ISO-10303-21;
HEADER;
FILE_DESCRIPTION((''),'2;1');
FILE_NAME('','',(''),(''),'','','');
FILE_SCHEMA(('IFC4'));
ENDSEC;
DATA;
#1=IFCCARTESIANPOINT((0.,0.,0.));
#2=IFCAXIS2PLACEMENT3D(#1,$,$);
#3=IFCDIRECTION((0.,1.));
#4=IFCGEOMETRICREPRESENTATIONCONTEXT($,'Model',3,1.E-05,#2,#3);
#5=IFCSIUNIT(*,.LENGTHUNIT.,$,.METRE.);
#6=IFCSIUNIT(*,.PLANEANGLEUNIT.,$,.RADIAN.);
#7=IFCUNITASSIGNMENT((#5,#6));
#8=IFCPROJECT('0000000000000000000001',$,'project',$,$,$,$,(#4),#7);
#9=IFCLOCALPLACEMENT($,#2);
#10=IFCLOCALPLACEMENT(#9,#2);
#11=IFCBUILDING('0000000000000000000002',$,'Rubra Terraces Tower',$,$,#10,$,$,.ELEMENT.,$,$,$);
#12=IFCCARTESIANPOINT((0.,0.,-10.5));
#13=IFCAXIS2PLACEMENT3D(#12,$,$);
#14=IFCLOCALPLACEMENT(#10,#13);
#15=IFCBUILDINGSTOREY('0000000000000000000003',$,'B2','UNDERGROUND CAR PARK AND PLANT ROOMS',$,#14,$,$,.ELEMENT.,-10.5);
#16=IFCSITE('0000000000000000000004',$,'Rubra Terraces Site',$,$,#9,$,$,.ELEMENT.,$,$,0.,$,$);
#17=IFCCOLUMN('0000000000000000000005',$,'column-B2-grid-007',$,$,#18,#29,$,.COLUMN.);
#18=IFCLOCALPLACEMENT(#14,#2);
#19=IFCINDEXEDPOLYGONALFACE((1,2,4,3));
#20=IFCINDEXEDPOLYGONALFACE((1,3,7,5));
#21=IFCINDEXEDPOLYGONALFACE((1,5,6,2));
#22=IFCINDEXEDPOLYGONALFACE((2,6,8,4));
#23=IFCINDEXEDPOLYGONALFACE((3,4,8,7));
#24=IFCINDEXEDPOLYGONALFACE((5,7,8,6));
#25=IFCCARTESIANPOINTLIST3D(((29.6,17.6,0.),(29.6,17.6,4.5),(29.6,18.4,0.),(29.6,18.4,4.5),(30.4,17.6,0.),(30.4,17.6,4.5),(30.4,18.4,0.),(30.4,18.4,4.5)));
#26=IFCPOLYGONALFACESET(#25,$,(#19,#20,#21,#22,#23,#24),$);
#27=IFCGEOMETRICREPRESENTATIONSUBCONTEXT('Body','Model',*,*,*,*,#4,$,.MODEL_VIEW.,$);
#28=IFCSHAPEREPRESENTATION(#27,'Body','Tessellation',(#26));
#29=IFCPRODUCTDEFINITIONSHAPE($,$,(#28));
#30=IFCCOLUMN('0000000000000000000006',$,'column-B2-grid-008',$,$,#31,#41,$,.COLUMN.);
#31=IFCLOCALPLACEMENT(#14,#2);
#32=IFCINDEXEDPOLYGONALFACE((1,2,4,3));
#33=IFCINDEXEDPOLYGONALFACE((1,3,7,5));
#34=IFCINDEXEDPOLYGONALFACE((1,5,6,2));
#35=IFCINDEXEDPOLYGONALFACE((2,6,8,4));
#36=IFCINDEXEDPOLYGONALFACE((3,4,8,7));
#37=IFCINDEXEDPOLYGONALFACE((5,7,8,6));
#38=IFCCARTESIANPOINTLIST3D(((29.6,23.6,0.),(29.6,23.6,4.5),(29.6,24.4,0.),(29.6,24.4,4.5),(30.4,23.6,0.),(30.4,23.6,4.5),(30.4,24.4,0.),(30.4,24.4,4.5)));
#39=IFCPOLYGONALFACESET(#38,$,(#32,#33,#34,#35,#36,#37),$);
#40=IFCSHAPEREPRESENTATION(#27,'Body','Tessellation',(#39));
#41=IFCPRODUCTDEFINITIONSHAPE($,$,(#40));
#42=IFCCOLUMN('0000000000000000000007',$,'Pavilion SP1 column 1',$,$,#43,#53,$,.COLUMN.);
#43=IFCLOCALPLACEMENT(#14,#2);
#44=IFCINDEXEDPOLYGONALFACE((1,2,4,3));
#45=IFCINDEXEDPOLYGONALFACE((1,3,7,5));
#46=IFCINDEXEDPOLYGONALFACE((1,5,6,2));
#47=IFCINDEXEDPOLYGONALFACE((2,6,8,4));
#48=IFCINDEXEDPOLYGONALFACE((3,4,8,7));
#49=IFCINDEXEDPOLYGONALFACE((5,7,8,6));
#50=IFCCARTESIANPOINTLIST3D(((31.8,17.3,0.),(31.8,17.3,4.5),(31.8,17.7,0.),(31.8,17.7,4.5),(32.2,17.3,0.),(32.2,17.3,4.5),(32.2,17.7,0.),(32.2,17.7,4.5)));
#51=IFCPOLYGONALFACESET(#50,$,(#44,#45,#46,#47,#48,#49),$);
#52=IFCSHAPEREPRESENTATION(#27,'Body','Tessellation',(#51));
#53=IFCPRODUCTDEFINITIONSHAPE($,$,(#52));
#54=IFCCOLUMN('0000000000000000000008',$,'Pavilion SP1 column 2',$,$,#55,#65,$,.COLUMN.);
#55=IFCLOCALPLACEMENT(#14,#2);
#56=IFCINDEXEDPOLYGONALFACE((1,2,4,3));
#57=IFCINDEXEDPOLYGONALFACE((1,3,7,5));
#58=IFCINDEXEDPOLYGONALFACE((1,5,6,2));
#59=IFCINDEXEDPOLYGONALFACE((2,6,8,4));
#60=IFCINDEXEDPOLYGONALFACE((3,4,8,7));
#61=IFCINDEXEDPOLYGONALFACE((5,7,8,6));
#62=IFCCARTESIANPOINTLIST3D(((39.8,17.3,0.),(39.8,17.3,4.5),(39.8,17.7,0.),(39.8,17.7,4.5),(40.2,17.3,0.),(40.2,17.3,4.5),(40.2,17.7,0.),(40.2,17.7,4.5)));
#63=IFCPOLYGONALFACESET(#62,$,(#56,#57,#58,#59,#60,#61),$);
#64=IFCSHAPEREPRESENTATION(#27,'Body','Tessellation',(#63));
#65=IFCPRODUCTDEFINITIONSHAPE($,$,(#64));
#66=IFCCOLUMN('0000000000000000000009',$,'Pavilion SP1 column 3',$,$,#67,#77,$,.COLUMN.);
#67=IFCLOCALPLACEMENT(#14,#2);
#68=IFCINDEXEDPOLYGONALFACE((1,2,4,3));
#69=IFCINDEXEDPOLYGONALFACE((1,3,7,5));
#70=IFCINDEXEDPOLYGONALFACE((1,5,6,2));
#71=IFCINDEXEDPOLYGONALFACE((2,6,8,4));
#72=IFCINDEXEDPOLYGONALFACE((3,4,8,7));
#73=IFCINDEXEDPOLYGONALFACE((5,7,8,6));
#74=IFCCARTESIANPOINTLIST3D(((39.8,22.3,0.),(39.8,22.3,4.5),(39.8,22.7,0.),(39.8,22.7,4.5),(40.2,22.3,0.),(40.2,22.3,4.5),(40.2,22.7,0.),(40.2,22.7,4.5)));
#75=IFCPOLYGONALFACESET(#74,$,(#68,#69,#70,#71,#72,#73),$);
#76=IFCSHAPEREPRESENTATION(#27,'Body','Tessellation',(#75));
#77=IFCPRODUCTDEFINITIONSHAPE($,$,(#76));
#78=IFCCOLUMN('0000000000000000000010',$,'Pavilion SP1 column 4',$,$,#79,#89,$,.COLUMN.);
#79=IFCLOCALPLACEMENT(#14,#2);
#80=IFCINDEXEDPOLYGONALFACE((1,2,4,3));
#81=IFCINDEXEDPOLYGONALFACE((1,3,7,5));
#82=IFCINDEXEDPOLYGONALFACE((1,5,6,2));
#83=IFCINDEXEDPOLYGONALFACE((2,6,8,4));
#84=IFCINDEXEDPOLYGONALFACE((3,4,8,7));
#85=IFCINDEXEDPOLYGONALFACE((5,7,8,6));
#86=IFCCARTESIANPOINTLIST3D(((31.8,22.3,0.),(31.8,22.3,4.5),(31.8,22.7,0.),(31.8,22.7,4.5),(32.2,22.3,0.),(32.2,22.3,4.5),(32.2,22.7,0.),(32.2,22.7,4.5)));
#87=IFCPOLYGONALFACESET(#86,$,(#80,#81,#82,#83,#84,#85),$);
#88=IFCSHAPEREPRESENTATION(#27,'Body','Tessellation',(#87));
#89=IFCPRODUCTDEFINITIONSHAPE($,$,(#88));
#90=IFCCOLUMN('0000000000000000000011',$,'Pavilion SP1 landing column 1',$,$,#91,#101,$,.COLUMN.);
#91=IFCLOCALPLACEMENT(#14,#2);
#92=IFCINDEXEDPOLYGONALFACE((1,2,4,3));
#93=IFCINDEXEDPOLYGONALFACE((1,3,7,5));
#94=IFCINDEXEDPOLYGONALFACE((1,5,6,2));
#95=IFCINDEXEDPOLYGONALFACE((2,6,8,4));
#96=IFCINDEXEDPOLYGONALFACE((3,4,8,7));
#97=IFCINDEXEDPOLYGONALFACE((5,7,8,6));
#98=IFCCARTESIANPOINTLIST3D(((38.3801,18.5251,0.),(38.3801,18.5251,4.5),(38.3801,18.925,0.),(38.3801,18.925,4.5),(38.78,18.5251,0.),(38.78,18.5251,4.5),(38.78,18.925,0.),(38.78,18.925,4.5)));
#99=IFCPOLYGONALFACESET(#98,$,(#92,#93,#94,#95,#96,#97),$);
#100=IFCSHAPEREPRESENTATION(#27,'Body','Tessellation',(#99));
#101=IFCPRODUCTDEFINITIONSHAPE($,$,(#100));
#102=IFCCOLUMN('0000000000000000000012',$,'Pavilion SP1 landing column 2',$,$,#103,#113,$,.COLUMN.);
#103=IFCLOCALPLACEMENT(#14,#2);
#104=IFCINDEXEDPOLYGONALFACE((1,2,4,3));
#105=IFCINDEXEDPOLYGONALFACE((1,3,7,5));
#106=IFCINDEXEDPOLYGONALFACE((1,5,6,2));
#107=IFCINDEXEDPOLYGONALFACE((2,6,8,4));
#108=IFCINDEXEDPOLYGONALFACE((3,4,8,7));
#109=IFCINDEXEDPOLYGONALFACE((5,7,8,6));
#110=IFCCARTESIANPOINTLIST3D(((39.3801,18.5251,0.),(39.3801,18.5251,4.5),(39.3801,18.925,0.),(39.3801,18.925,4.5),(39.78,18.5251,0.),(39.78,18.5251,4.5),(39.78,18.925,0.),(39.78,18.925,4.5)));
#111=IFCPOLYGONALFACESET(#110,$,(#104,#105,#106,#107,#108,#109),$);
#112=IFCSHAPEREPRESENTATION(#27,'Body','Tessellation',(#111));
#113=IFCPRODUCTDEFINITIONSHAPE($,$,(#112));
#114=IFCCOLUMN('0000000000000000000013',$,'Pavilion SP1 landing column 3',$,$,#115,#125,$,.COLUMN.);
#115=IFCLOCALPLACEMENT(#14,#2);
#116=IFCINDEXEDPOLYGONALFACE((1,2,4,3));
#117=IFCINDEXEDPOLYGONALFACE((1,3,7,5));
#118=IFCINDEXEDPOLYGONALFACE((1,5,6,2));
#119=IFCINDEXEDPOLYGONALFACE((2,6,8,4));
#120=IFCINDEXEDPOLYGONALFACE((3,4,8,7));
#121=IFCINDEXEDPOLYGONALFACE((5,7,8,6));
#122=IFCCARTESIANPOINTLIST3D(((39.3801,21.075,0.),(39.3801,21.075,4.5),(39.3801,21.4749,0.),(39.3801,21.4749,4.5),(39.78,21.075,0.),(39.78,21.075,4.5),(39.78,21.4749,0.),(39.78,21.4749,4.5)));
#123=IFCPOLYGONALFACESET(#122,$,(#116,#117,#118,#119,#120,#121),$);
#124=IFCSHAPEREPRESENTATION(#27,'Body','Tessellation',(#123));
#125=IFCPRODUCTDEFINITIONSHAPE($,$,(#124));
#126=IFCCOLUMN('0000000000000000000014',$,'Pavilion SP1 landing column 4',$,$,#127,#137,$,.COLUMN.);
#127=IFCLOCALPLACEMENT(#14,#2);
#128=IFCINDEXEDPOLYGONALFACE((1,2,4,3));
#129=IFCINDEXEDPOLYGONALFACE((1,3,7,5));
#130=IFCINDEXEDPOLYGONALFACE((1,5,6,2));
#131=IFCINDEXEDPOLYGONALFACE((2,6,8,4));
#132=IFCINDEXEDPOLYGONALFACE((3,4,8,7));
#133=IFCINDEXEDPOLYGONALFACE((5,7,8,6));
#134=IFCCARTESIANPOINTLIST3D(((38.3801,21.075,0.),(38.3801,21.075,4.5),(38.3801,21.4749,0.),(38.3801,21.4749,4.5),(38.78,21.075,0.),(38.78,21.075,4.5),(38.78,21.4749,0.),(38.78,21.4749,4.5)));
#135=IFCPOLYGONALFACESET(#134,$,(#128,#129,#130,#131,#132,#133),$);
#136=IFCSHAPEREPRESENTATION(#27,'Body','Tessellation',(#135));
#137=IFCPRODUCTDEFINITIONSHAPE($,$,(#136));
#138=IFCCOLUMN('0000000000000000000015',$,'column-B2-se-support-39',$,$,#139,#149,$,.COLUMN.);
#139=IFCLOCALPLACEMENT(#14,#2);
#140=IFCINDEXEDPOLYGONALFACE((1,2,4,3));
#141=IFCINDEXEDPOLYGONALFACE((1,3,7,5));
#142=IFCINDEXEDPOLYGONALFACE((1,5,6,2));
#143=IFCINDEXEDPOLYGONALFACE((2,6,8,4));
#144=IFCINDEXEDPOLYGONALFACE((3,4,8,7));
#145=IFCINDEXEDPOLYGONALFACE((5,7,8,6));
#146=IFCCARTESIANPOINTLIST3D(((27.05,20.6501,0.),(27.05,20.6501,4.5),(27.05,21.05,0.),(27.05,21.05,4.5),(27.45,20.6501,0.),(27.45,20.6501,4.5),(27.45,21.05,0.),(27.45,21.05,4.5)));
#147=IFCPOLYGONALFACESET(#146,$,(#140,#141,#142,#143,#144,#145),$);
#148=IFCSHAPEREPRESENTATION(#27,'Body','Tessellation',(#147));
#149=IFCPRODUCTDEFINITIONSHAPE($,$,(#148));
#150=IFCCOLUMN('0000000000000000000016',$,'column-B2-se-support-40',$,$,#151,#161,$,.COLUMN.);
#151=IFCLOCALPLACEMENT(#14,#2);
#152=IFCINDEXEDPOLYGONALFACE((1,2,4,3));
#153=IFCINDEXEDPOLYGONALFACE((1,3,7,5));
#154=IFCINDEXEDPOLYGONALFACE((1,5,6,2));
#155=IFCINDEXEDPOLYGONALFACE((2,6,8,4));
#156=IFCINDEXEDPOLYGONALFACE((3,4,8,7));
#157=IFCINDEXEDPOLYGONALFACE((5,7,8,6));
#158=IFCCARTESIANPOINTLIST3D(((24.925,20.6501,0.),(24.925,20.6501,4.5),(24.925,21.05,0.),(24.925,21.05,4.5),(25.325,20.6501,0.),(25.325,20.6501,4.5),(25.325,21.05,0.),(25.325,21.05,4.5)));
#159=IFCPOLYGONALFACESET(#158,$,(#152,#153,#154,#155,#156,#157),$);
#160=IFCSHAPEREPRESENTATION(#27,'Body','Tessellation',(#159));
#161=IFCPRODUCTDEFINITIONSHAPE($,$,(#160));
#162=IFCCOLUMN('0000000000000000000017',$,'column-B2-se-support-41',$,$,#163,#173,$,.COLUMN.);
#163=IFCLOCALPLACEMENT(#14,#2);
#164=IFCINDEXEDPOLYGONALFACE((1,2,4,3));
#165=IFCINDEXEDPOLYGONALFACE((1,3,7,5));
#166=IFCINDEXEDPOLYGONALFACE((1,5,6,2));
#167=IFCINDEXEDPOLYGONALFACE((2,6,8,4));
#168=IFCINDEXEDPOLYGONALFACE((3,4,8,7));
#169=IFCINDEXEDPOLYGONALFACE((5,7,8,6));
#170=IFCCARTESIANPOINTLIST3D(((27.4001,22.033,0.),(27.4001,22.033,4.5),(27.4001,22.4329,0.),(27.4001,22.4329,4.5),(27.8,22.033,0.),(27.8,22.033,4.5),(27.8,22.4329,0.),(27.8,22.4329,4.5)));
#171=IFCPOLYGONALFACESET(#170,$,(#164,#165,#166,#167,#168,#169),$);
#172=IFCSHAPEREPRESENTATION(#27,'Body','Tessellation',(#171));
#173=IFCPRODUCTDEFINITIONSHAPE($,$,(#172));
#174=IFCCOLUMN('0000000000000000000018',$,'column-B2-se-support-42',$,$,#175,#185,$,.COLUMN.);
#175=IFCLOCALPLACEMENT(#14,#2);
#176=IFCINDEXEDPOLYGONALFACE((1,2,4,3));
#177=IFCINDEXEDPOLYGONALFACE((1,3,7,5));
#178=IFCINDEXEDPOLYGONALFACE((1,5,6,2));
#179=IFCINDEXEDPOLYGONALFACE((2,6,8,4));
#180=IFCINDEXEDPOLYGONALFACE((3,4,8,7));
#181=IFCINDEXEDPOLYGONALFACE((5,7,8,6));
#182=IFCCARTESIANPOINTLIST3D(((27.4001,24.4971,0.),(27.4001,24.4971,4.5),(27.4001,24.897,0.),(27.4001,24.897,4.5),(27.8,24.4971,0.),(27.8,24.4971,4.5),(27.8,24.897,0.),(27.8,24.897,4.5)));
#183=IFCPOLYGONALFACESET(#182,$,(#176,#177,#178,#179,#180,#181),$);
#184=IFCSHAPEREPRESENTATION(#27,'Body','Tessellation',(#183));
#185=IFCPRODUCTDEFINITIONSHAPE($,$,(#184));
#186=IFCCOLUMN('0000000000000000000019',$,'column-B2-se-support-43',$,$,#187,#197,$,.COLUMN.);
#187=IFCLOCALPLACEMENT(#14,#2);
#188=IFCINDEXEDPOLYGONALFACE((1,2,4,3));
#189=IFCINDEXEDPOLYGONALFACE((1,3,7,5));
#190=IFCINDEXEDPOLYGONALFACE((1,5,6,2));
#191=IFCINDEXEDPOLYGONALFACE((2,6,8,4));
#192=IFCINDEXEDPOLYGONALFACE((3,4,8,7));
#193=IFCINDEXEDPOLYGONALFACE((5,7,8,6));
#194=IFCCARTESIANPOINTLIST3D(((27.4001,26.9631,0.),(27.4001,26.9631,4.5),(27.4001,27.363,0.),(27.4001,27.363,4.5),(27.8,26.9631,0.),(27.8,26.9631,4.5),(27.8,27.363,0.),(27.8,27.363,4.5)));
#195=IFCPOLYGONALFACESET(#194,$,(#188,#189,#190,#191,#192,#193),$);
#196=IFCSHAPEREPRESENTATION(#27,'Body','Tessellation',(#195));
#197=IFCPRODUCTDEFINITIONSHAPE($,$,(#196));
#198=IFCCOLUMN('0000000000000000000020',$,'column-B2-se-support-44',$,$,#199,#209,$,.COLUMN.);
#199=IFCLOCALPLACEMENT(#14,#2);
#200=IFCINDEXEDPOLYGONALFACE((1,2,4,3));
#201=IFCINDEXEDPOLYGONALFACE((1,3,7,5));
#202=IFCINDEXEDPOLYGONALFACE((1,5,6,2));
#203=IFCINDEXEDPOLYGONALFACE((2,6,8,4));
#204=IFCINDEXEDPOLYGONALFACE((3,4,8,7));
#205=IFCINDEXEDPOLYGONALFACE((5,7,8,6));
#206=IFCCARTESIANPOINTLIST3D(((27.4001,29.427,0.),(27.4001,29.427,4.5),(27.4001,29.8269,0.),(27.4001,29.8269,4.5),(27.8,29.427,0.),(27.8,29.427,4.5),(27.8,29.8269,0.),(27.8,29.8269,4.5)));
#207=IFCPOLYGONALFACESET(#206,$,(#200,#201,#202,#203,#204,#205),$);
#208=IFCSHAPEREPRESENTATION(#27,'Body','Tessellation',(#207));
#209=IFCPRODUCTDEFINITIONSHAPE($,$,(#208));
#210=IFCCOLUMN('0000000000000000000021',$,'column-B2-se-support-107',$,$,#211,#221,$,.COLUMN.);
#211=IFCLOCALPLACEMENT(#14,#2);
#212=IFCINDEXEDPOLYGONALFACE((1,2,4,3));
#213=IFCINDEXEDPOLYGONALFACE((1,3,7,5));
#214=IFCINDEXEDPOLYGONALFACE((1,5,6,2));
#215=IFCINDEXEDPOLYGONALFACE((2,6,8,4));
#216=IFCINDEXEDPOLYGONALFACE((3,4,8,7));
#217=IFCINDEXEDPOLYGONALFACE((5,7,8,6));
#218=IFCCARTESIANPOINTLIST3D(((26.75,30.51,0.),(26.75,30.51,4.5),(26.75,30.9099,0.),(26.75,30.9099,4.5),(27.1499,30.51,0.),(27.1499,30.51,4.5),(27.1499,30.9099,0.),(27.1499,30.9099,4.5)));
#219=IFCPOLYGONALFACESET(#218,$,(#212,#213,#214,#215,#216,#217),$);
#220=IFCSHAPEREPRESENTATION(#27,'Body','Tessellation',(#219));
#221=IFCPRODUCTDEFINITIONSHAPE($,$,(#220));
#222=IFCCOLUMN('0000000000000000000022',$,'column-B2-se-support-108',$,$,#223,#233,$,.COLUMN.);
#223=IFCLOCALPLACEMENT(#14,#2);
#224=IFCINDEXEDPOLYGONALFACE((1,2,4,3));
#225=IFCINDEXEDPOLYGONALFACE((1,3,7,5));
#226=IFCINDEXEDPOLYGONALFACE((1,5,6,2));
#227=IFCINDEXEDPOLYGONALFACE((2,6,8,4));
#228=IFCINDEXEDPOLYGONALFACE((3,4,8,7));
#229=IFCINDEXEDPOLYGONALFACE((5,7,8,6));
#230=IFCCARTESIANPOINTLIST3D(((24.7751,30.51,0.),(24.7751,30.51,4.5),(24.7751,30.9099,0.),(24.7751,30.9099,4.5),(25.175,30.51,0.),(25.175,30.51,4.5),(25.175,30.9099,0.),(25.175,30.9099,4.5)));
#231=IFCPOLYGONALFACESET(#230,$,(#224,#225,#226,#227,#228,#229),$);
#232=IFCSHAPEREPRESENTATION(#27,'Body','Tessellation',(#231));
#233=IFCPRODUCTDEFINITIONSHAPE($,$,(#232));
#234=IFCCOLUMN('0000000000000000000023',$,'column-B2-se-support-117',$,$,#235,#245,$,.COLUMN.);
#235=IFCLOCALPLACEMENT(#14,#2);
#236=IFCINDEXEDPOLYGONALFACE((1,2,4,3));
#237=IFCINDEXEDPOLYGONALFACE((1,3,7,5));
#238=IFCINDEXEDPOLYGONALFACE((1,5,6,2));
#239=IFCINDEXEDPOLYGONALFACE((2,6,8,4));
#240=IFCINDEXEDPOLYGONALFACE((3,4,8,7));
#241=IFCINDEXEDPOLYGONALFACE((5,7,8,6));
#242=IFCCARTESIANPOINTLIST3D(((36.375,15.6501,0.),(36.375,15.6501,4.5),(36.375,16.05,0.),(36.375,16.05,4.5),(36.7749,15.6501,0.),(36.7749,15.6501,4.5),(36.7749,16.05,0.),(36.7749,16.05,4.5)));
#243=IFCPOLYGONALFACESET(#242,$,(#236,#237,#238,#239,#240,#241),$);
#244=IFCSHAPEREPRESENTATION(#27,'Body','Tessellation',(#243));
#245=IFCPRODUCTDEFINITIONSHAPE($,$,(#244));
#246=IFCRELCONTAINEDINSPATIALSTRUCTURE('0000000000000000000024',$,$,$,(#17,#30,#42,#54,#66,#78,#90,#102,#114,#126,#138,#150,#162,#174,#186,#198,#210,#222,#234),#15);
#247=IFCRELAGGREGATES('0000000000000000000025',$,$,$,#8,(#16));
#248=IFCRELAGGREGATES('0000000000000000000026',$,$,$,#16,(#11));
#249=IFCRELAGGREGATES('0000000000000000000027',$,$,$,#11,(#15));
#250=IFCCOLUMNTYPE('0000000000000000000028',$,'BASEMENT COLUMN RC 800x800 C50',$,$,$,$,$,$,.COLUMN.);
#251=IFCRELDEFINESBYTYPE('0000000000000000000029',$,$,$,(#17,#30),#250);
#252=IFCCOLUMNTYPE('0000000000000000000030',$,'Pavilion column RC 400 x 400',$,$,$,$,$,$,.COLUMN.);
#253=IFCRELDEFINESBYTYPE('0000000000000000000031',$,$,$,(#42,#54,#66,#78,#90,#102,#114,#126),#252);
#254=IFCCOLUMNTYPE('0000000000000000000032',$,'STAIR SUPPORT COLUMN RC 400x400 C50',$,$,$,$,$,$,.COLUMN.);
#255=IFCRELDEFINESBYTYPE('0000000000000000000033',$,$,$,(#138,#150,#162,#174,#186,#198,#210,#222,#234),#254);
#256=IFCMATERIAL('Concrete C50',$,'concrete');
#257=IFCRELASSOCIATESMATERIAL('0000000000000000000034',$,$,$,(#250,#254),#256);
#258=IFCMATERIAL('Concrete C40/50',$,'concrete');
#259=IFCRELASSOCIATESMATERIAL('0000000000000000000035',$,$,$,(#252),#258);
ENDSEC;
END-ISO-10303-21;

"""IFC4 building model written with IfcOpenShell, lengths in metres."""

from ifc_helpers import new_model, si_unit, direction, frame, origin, origin_2d, place, context, subcontext, project, spatial, rectangle, extrude, material, material_profile, profile_set, type_object, element, save


model = new_model("IFC4")

# Units and contexts
model_context = context("Model", 3, precision=1e-05, world=origin(), true_north=direction((0.0, 1.0)))
body_context = subcontext(model_context, "Body", "Model", "MODEL_VIEW")
ifc_project = project(units=[si_unit("LENGTHUNIT", "METRE"), si_unit("PLANEANGLEUNIT", "RADIAN")], contexts=[model_context])

# Site, building, storey
site_placement = place(None, origin())
site = spatial("IfcSite", under=ifc_project, at=site_placement, Name="Rubra Terraces Site", CompositionType="ELEMENT", RefElevation=0.0)
building_placement = place(site_placement, origin())
building = spatial("IfcBuilding", under=site, at=building_placement, Name="Rubra Terraces Tower", CompositionType="ELEMENT")
storey_placement = place(building_placement, frame((0.0, 0.0, -10.5)))
storey = spatial("IfcBuildingStorey", under=building, at=storey_placement, Name="B2", Description="UNDERGROUND CAR PARK AND PLANT ROOMS", CompositionType="ELEMENT", Elevation=-10.5)

# Columns
ifc_material_1 = material(Name="Concrete C50", Category="concrete")
ifc_material_profile_1 = material_profile(ifc_material_1, rectangle(XDim=0.8, YDim=0.8, at=origin_2d()), Name="RC 800x800")
ifc_profile_set_1 = profile_set([ifc_material_profile_1], Name="Concrete C50")
column_type_1 = type_object("IfcColumnType", Name="BASEMENT COLUMN RC 800x800 C50", PredefinedType="COLUMN", material=ifc_profile_set_1)
for number, where, z_axis, x_axis, name in (
    (1, (30.0, 18.0, 0.0), (0.0, 0.0, 1.0), (1.0, 0.0, 0.0), "column-B2-grid-007"),
    (2, (30.0, 24.0, 0.0), (0.0, 0.0, 1.0), (1.0, 0.0, 0.0), "column-B2-grid-008"),
):
    element("IfcColumn", number, at=place(storey_placement, frame(where, z_axis=z_axis, x_axis=x_axis)), inside=storey, type_object=column_type_1, Name=name, PredefinedType="COLUMN", context=body_context, shape_type="SweptSolid", body=[
        extrude(rectangle(XDim=0.8, YDim=0.8, at=origin_2d()), origin(), (0.0, 0.0, 1.0), 4.5),
    ])
ifc_material_2 = material(Name="Concrete C40/50", Category="concrete")
ifc_material_profile_2 = material_profile(ifc_material_2, rectangle(XDim=0.3999, YDim=0.3999, at=origin_2d()), Name="RC 400x400")
ifc_profile_set_2 = profile_set([ifc_material_profile_2], Name="Concrete C40/50")
column_type_2 = type_object("IfcColumnType", Name="Pavilion column RC 400 x 400", PredefinedType="COLUMN", material=ifc_profile_set_2)
for number, where, z_axis, x_axis, name in (
    (3, (32.0, 17.5, 0.0), (0.0, 0.0, 1.0), (1.0, 0.0, 0.0), "Pavilion SP1 column 1"),
    (4, (40.0, 17.5, 0.0), (0.0, 0.0, 1.0), (1.0, 0.0, 0.0), "Pavilion SP1 column 2"),
    (5, (40.0, 22.5, 0.0), (0.0, 0.0, 1.0), (1.0, 0.0, 0.0), "Pavilion SP1 column 3"),
    (6, (32.0, 22.5, 0.0), (0.0, 0.0, 1.0), (1.0, 0.0, 0.0), "Pavilion SP1 column 4"),
    (7, (38.5801, 18.7251, 0.0), (0.0, 0.0, 1.0), (1.0, 0.0, 0.0), "Pavilion SP1 landing column 1"),
    (8, (39.5801, 18.7251, 0.0), (0.0, 0.0, 1.0), (1.0, 0.0, 0.0), "Pavilion SP1 landing column 2"),
    (9, (39.5801, 21.2749, 0.0), (0.0, 0.0, 1.0), (1.0, 0.0, 0.0), "Pavilion SP1 landing column 3"),
    (10, (38.5801, 21.2749, 0.0), (0.0, 0.0, 1.0), (1.0, 0.0, 0.0), "Pavilion SP1 landing column 4"),
):
    element("IfcColumn", number, at=place(storey_placement, frame(where, z_axis=z_axis, x_axis=x_axis)), inside=storey, type_object=column_type_2, Name=name, PredefinedType="COLUMN", context=body_context, shape_type="SweptSolid", body=[
        extrude(rectangle(XDim=0.3999, YDim=0.3999, at=origin_2d()), origin(), (0.0, 0.0, 1.0), 4.5),
    ])
ifc_material_profile_3 = material_profile(ifc_material_1, rectangle(XDim=0.3999, YDim=0.3999, at=origin_2d()), Name="RC 400x400")
ifc_profile_set_3 = profile_set([ifc_material_profile_3], Name="Concrete C50")
column_type_3 = type_object("IfcColumnType", Name="STAIR SUPPORT COLUMN RC 400x400 C50", PredefinedType="COLUMN", material=ifc_profile_set_3)
for number, where, z_axis, x_axis, name in (
    (11, (27.25, 20.8501, 0.0), (0.0, 0.0, 1.0), (1.0, 0.0, 0.0), "column-B2-se-support-39"),
    (12, (25.125, 20.8501, 0.0), (0.0, 0.0, 1.0), (1.0, 0.0, 0.0), "column-B2-se-support-40"),
    (13, (27.6001, 22.2329, 0.0), (0.0, 0.0, 1.0), (1.0, 0.0, 0.0), "column-B2-se-support-41"),
    (14, (27.6001, 24.697, 0.0), (0.0, 0.0, 1.0), (1.0, 0.0, 0.0), "column-B2-se-support-42"),
    (15, (27.6001, 27.1631, 0.0), (0.0, 0.0, 1.0), (1.0, 0.0, 0.0), "column-B2-se-support-43"),
    (16, (27.6001, 29.627, 0.0), (0.0, 0.0, 1.0), (1.0, 0.0, 0.0), "column-B2-se-support-44"),
    (17, (26.95, 30.71, 0.0), (0.0, 0.0, 1.0), (1.0, 0.0, 0.0), "column-B2-se-support-107"),
    (18, (24.9751, 30.71, 0.0), (0.0, 0.0, 1.0), (1.0, 0.0, 0.0), "column-B2-se-support-108"),
    (19, (36.575, 15.8501, 0.0), (0.0, 0.0, 1.0), (1.0, 0.0, 0.0), "column-B2-se-support-117"),
):
    element("IfcColumn", number, at=place(storey_placement, frame(where, z_axis=z_axis, x_axis=x_axis)), inside=storey, type_object=column_type_3, Name=name, PredefinedType="COLUMN", context=body_context, shape_type="SweptSolid", body=[
        extrude(rectangle(XDim=0.3999, YDim=0.3999, at=origin_2d()), origin(), (0.0, 0.0, 1.0), 4.5),
    ])

save(model, "model.ifc")
